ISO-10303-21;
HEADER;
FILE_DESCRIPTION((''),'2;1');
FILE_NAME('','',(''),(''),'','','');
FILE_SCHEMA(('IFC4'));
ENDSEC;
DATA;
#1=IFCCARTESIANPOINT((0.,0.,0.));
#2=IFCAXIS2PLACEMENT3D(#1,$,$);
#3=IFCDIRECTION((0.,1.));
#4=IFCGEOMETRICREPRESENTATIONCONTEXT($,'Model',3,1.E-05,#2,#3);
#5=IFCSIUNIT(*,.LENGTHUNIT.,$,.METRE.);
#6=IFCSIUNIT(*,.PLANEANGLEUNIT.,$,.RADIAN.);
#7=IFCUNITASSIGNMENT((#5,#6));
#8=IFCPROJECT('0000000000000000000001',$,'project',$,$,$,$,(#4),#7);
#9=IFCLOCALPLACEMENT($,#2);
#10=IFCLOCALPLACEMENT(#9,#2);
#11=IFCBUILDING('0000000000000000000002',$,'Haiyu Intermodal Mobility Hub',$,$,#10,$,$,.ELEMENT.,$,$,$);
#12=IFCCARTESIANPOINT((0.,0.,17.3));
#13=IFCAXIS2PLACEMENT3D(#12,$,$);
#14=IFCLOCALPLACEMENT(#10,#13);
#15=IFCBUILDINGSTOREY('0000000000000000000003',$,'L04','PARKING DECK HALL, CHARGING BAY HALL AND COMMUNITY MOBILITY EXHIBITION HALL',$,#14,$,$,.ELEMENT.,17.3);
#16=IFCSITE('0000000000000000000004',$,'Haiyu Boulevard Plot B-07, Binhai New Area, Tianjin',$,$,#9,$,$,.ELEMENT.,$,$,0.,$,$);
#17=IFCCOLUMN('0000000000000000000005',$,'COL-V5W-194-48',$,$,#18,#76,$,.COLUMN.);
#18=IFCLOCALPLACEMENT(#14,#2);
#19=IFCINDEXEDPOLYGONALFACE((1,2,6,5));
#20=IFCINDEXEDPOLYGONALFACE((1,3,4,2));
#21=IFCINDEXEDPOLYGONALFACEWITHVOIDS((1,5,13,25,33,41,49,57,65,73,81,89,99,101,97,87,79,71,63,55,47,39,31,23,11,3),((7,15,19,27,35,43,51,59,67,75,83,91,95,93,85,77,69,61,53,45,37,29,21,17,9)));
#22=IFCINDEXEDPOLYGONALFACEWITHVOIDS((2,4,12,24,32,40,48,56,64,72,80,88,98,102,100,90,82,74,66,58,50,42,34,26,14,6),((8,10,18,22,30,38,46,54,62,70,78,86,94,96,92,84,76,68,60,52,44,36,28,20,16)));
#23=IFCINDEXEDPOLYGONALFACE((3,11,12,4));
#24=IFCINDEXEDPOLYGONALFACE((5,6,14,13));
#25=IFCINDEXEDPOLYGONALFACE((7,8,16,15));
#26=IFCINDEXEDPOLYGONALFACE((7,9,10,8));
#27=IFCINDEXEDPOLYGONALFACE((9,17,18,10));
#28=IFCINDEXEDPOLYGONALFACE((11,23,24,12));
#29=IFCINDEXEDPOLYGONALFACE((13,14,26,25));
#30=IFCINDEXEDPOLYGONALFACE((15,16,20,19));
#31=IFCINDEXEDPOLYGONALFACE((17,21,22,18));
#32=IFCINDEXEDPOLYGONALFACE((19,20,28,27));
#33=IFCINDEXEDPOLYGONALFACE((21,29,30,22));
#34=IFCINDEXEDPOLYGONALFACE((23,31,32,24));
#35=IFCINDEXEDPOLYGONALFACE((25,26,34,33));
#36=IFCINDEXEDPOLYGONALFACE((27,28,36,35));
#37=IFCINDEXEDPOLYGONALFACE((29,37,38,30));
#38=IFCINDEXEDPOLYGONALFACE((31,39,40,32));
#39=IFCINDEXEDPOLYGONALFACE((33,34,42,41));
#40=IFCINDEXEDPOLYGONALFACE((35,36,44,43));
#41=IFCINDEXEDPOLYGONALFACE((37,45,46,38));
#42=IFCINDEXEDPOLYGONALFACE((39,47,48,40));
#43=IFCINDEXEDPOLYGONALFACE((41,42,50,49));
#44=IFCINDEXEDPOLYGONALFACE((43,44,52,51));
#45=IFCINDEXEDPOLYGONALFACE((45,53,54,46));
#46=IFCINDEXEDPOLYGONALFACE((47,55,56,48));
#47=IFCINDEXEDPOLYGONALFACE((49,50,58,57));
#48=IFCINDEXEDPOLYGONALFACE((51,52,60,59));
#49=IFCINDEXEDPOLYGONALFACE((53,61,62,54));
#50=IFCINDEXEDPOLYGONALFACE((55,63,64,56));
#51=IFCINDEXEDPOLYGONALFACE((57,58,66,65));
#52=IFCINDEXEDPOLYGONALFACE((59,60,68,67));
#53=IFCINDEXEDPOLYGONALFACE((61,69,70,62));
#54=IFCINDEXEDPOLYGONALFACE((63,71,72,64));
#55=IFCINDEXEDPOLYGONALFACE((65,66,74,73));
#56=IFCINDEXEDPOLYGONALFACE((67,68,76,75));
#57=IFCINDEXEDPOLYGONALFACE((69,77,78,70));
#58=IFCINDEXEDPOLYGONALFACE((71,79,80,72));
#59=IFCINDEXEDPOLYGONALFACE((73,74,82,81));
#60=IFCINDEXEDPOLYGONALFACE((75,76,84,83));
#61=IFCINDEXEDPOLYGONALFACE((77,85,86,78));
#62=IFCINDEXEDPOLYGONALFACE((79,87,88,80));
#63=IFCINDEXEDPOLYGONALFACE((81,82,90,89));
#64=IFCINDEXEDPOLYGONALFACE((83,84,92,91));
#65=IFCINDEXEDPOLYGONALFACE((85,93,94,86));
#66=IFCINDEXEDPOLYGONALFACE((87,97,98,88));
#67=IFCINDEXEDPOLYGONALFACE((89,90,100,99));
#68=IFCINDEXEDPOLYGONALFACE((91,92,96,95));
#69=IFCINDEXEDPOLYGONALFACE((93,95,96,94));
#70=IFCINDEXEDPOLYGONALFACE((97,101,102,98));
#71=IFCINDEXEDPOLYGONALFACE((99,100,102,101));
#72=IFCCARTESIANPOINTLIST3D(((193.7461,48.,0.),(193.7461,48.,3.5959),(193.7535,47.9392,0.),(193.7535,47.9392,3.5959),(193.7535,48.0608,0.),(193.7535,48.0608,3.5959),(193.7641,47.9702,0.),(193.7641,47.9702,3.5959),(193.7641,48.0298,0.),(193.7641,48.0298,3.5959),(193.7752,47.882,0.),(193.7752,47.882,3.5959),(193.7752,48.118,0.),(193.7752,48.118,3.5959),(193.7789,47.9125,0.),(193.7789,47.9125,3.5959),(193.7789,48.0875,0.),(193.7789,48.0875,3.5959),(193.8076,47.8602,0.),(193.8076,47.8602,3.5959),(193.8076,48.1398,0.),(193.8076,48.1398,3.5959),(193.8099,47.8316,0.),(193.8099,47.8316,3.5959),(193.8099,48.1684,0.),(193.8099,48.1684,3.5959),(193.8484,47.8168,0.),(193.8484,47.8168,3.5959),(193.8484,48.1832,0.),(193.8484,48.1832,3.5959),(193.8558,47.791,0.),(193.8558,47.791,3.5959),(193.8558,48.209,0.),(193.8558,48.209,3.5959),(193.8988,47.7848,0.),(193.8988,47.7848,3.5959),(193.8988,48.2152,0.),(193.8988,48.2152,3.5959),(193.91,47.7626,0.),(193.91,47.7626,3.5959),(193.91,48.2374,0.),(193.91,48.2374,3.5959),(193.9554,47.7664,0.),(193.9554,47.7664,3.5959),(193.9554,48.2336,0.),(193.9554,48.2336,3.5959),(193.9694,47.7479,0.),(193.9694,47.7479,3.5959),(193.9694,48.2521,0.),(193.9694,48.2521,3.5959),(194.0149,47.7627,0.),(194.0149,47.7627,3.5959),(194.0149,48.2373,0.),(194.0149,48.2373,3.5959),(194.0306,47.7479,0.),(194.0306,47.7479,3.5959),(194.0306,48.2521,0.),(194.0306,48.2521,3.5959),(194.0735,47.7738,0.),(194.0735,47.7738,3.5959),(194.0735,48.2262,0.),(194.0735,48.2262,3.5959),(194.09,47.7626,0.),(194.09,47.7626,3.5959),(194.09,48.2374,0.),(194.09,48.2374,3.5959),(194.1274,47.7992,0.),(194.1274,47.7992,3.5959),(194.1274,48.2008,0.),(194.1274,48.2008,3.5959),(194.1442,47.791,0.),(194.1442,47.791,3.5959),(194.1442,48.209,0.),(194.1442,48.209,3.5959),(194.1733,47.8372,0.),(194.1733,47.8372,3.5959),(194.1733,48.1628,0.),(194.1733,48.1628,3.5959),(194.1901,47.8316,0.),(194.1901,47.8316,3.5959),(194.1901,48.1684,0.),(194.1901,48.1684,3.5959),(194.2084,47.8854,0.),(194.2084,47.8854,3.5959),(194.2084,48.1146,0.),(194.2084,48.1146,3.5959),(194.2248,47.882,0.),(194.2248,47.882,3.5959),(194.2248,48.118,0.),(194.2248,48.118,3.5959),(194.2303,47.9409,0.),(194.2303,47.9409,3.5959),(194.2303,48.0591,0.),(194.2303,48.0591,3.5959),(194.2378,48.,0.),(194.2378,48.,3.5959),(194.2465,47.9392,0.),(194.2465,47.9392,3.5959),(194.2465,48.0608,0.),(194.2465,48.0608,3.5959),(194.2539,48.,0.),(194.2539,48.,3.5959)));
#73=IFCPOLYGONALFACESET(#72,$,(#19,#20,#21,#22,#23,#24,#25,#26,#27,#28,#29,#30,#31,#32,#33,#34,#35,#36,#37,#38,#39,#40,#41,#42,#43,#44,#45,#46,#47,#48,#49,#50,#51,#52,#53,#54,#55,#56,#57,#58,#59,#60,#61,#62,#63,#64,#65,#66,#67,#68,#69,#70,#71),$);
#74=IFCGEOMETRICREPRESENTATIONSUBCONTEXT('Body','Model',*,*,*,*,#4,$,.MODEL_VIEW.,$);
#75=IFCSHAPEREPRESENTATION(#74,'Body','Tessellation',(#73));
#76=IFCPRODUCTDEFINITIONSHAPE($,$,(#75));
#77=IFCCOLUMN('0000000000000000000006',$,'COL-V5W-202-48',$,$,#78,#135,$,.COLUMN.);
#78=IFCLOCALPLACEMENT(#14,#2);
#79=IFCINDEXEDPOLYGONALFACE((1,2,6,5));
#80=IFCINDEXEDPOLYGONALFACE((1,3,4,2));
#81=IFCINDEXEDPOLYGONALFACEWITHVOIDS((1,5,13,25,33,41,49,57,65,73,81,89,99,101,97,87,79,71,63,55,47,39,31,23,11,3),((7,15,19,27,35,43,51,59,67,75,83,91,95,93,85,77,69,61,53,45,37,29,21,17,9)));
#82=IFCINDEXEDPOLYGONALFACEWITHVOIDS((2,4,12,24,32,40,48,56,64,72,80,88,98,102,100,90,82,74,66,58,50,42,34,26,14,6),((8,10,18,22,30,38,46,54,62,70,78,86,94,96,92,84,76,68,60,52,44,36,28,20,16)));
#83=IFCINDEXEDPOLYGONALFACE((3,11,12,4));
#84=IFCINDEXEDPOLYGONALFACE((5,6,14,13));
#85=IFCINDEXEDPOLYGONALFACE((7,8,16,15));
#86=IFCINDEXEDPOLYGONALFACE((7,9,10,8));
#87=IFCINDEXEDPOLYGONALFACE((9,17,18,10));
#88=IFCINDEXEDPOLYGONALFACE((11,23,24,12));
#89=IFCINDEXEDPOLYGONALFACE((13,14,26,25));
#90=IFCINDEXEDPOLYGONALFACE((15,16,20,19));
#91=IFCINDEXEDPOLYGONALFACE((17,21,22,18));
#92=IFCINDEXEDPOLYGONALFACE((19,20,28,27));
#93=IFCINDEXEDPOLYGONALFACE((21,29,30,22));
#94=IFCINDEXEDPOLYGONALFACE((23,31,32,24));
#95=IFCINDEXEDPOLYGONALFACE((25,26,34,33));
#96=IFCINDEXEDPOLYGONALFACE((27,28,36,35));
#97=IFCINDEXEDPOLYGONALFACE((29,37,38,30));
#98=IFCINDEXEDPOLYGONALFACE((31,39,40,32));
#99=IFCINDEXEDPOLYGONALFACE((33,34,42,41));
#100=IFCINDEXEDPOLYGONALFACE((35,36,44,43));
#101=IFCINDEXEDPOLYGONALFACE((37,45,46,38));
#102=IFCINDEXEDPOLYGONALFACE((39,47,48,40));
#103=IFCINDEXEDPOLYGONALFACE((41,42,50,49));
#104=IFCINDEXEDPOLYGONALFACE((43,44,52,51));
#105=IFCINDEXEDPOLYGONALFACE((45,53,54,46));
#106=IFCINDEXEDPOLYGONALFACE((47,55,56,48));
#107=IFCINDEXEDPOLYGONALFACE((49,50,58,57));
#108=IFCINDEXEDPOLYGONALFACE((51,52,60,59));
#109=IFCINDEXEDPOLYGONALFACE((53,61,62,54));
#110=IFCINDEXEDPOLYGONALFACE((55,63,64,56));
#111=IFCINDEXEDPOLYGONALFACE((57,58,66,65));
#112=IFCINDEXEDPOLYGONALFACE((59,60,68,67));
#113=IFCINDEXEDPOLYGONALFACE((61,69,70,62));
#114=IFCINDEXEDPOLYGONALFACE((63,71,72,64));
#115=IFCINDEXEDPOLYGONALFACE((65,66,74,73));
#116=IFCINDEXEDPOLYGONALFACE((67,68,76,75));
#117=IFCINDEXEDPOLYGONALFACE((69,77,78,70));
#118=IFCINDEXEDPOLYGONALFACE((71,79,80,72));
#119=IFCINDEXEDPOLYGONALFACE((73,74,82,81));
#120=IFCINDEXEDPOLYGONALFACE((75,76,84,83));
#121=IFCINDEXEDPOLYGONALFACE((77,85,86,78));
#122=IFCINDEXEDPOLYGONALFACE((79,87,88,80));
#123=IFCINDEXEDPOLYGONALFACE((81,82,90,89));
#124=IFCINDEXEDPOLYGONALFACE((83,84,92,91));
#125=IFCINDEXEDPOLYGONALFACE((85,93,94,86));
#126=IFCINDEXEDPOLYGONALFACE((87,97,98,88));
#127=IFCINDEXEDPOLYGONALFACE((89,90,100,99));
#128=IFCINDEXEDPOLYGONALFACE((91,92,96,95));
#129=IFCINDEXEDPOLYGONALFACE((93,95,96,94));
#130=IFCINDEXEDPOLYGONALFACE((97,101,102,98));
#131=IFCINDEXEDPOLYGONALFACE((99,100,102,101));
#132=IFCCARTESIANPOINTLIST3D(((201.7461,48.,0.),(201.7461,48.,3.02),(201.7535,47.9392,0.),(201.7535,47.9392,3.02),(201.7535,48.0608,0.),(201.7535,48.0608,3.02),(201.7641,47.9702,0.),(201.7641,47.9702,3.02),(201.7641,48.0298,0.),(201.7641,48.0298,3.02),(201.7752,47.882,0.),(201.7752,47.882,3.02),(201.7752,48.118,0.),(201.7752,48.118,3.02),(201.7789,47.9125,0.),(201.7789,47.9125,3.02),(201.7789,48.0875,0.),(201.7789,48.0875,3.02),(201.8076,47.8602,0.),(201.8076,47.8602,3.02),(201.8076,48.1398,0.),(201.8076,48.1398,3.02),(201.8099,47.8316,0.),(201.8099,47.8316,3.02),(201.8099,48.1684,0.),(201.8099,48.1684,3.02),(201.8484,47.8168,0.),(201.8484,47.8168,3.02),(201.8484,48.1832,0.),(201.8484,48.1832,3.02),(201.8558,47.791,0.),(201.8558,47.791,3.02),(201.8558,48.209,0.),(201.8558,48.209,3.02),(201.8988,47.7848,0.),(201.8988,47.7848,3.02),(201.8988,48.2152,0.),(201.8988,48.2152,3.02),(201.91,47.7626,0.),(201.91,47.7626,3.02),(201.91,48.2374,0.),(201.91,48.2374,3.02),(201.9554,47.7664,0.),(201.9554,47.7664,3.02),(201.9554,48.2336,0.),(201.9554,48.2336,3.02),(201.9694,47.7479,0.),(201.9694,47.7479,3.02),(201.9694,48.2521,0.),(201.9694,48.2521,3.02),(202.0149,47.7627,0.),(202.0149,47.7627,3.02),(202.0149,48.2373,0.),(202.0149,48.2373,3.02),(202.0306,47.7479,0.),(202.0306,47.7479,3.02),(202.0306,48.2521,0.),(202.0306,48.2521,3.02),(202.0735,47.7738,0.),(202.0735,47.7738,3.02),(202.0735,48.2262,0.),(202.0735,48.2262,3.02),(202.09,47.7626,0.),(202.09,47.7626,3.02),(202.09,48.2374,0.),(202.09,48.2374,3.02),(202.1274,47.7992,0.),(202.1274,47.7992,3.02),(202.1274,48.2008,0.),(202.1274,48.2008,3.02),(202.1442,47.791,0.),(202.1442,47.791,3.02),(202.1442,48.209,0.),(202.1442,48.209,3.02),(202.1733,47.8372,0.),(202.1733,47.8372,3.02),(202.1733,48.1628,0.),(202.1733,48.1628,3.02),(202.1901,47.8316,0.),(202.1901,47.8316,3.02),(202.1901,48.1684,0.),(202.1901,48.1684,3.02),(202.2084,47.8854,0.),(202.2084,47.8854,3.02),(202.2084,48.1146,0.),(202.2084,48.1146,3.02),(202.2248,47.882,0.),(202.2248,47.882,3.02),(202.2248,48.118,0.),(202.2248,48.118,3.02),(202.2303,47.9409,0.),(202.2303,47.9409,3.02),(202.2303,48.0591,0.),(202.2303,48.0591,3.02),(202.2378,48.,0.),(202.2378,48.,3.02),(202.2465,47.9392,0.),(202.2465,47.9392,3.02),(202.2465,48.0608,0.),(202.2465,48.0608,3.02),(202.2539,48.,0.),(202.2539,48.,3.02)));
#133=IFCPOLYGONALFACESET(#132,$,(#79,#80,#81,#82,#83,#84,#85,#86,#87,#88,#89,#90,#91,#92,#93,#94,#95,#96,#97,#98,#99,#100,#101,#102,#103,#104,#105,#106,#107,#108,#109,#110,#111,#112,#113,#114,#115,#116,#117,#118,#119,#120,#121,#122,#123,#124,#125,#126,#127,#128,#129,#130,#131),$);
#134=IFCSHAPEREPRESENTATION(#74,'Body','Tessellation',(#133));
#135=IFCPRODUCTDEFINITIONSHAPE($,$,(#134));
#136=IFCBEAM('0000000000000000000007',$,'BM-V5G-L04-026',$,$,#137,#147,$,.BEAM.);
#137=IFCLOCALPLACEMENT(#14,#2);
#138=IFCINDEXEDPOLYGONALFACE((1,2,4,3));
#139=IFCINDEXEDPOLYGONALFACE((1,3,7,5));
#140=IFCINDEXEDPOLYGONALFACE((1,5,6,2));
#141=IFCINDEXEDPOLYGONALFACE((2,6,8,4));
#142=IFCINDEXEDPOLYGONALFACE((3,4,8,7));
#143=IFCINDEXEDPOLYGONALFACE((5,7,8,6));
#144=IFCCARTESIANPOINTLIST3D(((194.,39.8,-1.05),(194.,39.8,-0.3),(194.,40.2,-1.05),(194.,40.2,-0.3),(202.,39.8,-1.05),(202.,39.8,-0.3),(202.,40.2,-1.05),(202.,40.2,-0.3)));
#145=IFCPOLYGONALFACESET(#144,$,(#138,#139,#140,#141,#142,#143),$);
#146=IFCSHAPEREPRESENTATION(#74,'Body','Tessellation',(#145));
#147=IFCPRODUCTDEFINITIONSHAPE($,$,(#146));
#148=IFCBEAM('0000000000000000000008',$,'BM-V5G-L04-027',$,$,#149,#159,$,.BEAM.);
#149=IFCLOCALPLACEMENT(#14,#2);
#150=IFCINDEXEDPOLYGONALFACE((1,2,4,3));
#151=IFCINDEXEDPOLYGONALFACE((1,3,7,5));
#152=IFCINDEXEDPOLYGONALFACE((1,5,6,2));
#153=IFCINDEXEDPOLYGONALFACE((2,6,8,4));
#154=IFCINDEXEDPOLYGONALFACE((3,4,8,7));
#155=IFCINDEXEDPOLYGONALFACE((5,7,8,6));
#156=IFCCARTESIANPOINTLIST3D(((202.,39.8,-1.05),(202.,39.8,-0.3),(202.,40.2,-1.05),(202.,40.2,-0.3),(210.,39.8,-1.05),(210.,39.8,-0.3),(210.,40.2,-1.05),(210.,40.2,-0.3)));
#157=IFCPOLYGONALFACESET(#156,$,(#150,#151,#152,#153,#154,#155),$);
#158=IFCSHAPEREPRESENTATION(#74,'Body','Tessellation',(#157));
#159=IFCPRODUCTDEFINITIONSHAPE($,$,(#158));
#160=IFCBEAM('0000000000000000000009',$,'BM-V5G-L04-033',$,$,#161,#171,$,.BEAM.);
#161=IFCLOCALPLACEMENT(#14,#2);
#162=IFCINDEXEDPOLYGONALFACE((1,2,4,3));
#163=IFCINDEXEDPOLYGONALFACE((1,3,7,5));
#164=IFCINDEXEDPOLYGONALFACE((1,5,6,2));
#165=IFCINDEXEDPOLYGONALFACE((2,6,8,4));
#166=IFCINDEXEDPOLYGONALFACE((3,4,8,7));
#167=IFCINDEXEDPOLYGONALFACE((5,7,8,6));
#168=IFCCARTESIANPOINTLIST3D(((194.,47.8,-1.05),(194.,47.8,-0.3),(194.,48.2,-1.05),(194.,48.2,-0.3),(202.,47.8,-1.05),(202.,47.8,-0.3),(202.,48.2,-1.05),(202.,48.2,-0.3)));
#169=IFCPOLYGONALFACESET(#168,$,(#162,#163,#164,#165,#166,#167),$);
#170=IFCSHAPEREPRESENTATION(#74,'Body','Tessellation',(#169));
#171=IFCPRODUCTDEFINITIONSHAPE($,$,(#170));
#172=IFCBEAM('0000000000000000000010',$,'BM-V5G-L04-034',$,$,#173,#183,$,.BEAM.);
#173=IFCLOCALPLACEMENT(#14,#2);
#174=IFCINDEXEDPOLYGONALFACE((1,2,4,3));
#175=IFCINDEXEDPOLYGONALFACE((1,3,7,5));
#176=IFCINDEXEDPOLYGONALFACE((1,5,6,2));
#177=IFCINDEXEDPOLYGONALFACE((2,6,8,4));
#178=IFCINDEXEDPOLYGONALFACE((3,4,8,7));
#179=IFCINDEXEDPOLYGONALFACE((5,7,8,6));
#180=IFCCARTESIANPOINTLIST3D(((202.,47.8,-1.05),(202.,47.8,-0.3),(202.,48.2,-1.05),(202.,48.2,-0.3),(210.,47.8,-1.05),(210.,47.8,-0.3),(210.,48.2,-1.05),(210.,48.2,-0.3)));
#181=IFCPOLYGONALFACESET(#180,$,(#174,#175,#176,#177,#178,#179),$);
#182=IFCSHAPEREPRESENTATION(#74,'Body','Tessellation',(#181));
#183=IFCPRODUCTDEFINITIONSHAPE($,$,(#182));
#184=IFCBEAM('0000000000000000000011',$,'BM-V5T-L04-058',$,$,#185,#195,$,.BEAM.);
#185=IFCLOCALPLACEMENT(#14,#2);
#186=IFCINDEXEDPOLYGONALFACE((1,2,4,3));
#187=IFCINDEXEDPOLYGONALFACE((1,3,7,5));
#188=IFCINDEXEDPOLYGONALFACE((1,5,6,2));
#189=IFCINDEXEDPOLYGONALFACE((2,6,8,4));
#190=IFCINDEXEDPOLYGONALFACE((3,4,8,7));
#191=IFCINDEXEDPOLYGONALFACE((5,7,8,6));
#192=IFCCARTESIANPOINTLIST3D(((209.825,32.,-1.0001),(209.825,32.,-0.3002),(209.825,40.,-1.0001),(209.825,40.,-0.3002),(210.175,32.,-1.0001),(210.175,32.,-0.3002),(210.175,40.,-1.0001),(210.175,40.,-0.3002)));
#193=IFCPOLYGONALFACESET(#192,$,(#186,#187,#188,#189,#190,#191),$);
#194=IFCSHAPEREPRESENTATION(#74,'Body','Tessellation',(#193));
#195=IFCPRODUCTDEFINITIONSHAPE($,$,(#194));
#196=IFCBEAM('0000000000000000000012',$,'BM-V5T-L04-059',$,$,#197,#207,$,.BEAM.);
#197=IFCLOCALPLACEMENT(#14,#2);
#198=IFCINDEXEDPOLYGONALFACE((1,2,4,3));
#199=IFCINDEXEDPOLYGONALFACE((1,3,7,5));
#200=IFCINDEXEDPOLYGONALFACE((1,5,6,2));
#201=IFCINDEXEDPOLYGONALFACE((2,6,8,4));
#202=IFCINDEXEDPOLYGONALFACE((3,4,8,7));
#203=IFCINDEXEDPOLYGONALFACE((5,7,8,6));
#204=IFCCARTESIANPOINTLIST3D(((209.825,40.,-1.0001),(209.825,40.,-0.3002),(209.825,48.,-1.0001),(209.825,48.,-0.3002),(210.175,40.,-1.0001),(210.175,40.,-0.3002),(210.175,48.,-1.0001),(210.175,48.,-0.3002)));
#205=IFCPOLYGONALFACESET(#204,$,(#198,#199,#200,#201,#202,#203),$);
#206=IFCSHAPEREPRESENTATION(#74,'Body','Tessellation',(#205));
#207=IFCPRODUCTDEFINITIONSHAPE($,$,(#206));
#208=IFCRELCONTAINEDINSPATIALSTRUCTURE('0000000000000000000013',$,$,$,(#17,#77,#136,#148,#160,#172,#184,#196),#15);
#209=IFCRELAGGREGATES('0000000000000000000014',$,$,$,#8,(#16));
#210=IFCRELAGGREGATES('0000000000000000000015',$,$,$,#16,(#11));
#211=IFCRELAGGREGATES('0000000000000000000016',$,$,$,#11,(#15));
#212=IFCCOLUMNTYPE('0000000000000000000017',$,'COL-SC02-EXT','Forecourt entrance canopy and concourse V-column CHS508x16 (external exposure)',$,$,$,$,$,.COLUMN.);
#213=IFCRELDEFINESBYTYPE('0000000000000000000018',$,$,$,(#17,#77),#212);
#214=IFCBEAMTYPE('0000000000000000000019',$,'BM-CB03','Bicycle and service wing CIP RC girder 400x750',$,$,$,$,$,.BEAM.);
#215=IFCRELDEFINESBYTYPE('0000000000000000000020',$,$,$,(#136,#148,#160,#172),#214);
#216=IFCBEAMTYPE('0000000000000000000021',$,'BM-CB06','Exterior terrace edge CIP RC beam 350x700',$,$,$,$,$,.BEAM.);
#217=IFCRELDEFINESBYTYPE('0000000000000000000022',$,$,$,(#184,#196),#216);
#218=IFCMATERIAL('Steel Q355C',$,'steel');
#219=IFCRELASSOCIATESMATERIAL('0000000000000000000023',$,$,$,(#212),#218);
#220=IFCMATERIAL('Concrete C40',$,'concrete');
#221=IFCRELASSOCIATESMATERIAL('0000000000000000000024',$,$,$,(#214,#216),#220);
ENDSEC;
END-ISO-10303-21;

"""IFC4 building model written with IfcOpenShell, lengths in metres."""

from ifc_helpers import new_model, si_unit, direction, frame, origin, origin_2d, place, context, subcontext, project, spatial, rectangle, hollow_circle, extrude, material, material_profile, profile_set, type_object, element, save


model = new_model("IFC4")

# Units and contexts
model_context = context("Model", 3, precision=1e-05, world=origin(), true_north=direction((0.0, 1.0)))
body_context = subcontext(model_context, "Body", "Model", "MODEL_VIEW")
ifc_project = project(units=[si_unit("LENGTHUNIT", "METRE"), si_unit("PLANEANGLEUNIT", "RADIAN")], contexts=[model_context])

# Site, building, storey
site_placement = place(None, origin())
site = spatial("IfcSite", under=ifc_project, at=site_placement, Name="Haiyu Boulevard Plot B-07, Binhai New Area, Tianjin", CompositionType="ELEMENT", RefElevation=0.0)
building_placement = place(site_placement, origin())
building = spatial("IfcBuilding", under=site, at=building_placement, Name="Haiyu Intermodal Mobility Hub", CompositionType="ELEMENT")
storey_placement = place(building_placement, frame((0.0, 0.0, 17.3)))
storey = spatial("IfcBuildingStorey", under=building, at=storey_placement, Name="L04", Description="PARKING DECK HALL, CHARGING BAY HALL AND COMMUNITY MOBILITY EXHIBITION HALL", CompositionType="ELEMENT", Elevation=17.3)

# Columns
ifc_material_1 = material(Name="Steel Q355C", Category="steel")
ifc_material_profile_1 = material_profile(ifc_material_1, hollow_circle(Radius=0.2539, WallThickness=0.0161, at=origin_2d()), Name="CHS508x16")
ifc_profile_set_1 = profile_set([ifc_material_profile_1], Name="Steel Q355C")
column_type = type_object("IfcColumnType", Name="COL-SC02-EXT", Description="Forecourt entrance canopy and concourse V-column CHS508x16 (external exposure)", PredefinedType="COLUMN", material=ifc_profile_set_1)
column_1_placement = place(storey_placement, frame((194.0, 48.0, 0.0), z_axis=(0.0, 0.0, 1.0), x_axis=(1.0, 0.0, 0.0)))
element("IfcColumn", 1, at=column_1_placement, inside=storey, type_object=column_type, Name="COL-V5W-194-48", PredefinedType="COLUMN", context=body_context, shape_type="SweptSolid", body=[
    extrude(hollow_circle(Radius=0.2539, WallThickness=0.0161, at=origin_2d()), origin(), (0.0, 0.0, 1.0), 3.5959),
])
column_2_placement = place(storey_placement, frame((202.0, 48.0, 0.0), z_axis=(0.0, 0.0, 1.0), x_axis=(1.0, 0.0, 0.0)))
element("IfcColumn", 2, at=column_2_placement, inside=storey, type_object=column_type, Name="COL-V5W-202-48", PredefinedType="COLUMN", context=body_context, shape_type="SweptSolid", body=[
    extrude(hollow_circle(Radius=0.2539, WallThickness=0.0161, at=origin_2d()), origin(), (0.0, 0.0, 1.0), 3.02),
])

# Beams
ifc_material_2 = material(Name="Concrete C40", Category="concrete")
ifc_material_profile_2 = material_profile(ifc_material_2, rectangle(XDim=0.3999, YDim=0.75, at=origin_2d()), Name="RCB400x750")
ifc_profile_set_2 = profile_set([ifc_material_profile_2], Name="Concrete C40")
beam_type_1 = type_object("IfcBeamType", Name="BM-CB03", Description="Bicycle and service wing CIP RC girder 400x750", PredefinedType="BEAM", material=ifc_profile_set_2)
for number, where, z_axis, x_axis, name in (
    (3, (194.0, 40.0, -0.675), (1.0, 0.0, 0.0), (0.0, 1.0, 0.0), "BM-V5G-L04-026"),
    (4, (202.0, 40.0, -0.675), (1.0, 0.0, 0.0), (0.0, 1.0, 0.0), "BM-V5G-L04-027"),
    (5, (194.0, 48.0, -0.675), (1.0, 0.0, 0.0), (0.0, 1.0, 0.0), "BM-V5G-L04-033"),
    (6, (202.0, 48.0, -0.675), (1.0, 0.0, 0.0), (0.0, 1.0, 0.0), "BM-V5G-L04-034"),
):
    element("IfcBeam", number, at=place(storey_placement, frame(where, z_axis=z_axis, x_axis=x_axis)), inside=storey, type_object=beam_type_1, Name=name, PredefinedType="BEAM", context=body_context, shape_type="SweptSolid", body=[
        extrude(rectangle(XDim=0.3999, YDim=0.75, at=origin_2d()), origin(), (0.0, 0.0, 1.0), 8.0),
    ])
ifc_material_profile_3 = material_profile(ifc_material_2, rectangle(XDim=0.3501, YDim=0.7, at=origin_2d()), Name="RCB350x700")
ifc_profile_set_3 = profile_set([ifc_material_profile_3], Name="Concrete C40")
beam_type_2 = type_object("IfcBeamType", Name="BM-CB06", Description="Exterior terrace edge CIP RC beam 350x700", PredefinedType="BEAM", material=ifc_profile_set_3)
for number, where, z_axis, x_axis, name in (
    (7, (210.0, 32.0, -0.6501), (0.0, 1.0, 0.0), (-1.0, 0.0, 0.0), "BM-V5T-L04-058"),
    (8, (210.0, 40.0, -0.6501), (0.0, 1.0, 0.0), (-1.0, 0.0, 0.0), "BM-V5T-L04-059"),
):
    element("IfcBeam", number, at=place(storey_placement, frame(where, z_axis=z_axis, x_axis=x_axis)), inside=storey, type_object=beam_type_2, Name=name, PredefinedType="BEAM", context=body_context, shape_type="SweptSolid", body=[
        extrude(rectangle(XDim=0.3501, YDim=0.7, at=origin_2d()), origin(), (0.0, 0.0, 1.0), 8.0),
    ])

save(model, "model.ifc")
